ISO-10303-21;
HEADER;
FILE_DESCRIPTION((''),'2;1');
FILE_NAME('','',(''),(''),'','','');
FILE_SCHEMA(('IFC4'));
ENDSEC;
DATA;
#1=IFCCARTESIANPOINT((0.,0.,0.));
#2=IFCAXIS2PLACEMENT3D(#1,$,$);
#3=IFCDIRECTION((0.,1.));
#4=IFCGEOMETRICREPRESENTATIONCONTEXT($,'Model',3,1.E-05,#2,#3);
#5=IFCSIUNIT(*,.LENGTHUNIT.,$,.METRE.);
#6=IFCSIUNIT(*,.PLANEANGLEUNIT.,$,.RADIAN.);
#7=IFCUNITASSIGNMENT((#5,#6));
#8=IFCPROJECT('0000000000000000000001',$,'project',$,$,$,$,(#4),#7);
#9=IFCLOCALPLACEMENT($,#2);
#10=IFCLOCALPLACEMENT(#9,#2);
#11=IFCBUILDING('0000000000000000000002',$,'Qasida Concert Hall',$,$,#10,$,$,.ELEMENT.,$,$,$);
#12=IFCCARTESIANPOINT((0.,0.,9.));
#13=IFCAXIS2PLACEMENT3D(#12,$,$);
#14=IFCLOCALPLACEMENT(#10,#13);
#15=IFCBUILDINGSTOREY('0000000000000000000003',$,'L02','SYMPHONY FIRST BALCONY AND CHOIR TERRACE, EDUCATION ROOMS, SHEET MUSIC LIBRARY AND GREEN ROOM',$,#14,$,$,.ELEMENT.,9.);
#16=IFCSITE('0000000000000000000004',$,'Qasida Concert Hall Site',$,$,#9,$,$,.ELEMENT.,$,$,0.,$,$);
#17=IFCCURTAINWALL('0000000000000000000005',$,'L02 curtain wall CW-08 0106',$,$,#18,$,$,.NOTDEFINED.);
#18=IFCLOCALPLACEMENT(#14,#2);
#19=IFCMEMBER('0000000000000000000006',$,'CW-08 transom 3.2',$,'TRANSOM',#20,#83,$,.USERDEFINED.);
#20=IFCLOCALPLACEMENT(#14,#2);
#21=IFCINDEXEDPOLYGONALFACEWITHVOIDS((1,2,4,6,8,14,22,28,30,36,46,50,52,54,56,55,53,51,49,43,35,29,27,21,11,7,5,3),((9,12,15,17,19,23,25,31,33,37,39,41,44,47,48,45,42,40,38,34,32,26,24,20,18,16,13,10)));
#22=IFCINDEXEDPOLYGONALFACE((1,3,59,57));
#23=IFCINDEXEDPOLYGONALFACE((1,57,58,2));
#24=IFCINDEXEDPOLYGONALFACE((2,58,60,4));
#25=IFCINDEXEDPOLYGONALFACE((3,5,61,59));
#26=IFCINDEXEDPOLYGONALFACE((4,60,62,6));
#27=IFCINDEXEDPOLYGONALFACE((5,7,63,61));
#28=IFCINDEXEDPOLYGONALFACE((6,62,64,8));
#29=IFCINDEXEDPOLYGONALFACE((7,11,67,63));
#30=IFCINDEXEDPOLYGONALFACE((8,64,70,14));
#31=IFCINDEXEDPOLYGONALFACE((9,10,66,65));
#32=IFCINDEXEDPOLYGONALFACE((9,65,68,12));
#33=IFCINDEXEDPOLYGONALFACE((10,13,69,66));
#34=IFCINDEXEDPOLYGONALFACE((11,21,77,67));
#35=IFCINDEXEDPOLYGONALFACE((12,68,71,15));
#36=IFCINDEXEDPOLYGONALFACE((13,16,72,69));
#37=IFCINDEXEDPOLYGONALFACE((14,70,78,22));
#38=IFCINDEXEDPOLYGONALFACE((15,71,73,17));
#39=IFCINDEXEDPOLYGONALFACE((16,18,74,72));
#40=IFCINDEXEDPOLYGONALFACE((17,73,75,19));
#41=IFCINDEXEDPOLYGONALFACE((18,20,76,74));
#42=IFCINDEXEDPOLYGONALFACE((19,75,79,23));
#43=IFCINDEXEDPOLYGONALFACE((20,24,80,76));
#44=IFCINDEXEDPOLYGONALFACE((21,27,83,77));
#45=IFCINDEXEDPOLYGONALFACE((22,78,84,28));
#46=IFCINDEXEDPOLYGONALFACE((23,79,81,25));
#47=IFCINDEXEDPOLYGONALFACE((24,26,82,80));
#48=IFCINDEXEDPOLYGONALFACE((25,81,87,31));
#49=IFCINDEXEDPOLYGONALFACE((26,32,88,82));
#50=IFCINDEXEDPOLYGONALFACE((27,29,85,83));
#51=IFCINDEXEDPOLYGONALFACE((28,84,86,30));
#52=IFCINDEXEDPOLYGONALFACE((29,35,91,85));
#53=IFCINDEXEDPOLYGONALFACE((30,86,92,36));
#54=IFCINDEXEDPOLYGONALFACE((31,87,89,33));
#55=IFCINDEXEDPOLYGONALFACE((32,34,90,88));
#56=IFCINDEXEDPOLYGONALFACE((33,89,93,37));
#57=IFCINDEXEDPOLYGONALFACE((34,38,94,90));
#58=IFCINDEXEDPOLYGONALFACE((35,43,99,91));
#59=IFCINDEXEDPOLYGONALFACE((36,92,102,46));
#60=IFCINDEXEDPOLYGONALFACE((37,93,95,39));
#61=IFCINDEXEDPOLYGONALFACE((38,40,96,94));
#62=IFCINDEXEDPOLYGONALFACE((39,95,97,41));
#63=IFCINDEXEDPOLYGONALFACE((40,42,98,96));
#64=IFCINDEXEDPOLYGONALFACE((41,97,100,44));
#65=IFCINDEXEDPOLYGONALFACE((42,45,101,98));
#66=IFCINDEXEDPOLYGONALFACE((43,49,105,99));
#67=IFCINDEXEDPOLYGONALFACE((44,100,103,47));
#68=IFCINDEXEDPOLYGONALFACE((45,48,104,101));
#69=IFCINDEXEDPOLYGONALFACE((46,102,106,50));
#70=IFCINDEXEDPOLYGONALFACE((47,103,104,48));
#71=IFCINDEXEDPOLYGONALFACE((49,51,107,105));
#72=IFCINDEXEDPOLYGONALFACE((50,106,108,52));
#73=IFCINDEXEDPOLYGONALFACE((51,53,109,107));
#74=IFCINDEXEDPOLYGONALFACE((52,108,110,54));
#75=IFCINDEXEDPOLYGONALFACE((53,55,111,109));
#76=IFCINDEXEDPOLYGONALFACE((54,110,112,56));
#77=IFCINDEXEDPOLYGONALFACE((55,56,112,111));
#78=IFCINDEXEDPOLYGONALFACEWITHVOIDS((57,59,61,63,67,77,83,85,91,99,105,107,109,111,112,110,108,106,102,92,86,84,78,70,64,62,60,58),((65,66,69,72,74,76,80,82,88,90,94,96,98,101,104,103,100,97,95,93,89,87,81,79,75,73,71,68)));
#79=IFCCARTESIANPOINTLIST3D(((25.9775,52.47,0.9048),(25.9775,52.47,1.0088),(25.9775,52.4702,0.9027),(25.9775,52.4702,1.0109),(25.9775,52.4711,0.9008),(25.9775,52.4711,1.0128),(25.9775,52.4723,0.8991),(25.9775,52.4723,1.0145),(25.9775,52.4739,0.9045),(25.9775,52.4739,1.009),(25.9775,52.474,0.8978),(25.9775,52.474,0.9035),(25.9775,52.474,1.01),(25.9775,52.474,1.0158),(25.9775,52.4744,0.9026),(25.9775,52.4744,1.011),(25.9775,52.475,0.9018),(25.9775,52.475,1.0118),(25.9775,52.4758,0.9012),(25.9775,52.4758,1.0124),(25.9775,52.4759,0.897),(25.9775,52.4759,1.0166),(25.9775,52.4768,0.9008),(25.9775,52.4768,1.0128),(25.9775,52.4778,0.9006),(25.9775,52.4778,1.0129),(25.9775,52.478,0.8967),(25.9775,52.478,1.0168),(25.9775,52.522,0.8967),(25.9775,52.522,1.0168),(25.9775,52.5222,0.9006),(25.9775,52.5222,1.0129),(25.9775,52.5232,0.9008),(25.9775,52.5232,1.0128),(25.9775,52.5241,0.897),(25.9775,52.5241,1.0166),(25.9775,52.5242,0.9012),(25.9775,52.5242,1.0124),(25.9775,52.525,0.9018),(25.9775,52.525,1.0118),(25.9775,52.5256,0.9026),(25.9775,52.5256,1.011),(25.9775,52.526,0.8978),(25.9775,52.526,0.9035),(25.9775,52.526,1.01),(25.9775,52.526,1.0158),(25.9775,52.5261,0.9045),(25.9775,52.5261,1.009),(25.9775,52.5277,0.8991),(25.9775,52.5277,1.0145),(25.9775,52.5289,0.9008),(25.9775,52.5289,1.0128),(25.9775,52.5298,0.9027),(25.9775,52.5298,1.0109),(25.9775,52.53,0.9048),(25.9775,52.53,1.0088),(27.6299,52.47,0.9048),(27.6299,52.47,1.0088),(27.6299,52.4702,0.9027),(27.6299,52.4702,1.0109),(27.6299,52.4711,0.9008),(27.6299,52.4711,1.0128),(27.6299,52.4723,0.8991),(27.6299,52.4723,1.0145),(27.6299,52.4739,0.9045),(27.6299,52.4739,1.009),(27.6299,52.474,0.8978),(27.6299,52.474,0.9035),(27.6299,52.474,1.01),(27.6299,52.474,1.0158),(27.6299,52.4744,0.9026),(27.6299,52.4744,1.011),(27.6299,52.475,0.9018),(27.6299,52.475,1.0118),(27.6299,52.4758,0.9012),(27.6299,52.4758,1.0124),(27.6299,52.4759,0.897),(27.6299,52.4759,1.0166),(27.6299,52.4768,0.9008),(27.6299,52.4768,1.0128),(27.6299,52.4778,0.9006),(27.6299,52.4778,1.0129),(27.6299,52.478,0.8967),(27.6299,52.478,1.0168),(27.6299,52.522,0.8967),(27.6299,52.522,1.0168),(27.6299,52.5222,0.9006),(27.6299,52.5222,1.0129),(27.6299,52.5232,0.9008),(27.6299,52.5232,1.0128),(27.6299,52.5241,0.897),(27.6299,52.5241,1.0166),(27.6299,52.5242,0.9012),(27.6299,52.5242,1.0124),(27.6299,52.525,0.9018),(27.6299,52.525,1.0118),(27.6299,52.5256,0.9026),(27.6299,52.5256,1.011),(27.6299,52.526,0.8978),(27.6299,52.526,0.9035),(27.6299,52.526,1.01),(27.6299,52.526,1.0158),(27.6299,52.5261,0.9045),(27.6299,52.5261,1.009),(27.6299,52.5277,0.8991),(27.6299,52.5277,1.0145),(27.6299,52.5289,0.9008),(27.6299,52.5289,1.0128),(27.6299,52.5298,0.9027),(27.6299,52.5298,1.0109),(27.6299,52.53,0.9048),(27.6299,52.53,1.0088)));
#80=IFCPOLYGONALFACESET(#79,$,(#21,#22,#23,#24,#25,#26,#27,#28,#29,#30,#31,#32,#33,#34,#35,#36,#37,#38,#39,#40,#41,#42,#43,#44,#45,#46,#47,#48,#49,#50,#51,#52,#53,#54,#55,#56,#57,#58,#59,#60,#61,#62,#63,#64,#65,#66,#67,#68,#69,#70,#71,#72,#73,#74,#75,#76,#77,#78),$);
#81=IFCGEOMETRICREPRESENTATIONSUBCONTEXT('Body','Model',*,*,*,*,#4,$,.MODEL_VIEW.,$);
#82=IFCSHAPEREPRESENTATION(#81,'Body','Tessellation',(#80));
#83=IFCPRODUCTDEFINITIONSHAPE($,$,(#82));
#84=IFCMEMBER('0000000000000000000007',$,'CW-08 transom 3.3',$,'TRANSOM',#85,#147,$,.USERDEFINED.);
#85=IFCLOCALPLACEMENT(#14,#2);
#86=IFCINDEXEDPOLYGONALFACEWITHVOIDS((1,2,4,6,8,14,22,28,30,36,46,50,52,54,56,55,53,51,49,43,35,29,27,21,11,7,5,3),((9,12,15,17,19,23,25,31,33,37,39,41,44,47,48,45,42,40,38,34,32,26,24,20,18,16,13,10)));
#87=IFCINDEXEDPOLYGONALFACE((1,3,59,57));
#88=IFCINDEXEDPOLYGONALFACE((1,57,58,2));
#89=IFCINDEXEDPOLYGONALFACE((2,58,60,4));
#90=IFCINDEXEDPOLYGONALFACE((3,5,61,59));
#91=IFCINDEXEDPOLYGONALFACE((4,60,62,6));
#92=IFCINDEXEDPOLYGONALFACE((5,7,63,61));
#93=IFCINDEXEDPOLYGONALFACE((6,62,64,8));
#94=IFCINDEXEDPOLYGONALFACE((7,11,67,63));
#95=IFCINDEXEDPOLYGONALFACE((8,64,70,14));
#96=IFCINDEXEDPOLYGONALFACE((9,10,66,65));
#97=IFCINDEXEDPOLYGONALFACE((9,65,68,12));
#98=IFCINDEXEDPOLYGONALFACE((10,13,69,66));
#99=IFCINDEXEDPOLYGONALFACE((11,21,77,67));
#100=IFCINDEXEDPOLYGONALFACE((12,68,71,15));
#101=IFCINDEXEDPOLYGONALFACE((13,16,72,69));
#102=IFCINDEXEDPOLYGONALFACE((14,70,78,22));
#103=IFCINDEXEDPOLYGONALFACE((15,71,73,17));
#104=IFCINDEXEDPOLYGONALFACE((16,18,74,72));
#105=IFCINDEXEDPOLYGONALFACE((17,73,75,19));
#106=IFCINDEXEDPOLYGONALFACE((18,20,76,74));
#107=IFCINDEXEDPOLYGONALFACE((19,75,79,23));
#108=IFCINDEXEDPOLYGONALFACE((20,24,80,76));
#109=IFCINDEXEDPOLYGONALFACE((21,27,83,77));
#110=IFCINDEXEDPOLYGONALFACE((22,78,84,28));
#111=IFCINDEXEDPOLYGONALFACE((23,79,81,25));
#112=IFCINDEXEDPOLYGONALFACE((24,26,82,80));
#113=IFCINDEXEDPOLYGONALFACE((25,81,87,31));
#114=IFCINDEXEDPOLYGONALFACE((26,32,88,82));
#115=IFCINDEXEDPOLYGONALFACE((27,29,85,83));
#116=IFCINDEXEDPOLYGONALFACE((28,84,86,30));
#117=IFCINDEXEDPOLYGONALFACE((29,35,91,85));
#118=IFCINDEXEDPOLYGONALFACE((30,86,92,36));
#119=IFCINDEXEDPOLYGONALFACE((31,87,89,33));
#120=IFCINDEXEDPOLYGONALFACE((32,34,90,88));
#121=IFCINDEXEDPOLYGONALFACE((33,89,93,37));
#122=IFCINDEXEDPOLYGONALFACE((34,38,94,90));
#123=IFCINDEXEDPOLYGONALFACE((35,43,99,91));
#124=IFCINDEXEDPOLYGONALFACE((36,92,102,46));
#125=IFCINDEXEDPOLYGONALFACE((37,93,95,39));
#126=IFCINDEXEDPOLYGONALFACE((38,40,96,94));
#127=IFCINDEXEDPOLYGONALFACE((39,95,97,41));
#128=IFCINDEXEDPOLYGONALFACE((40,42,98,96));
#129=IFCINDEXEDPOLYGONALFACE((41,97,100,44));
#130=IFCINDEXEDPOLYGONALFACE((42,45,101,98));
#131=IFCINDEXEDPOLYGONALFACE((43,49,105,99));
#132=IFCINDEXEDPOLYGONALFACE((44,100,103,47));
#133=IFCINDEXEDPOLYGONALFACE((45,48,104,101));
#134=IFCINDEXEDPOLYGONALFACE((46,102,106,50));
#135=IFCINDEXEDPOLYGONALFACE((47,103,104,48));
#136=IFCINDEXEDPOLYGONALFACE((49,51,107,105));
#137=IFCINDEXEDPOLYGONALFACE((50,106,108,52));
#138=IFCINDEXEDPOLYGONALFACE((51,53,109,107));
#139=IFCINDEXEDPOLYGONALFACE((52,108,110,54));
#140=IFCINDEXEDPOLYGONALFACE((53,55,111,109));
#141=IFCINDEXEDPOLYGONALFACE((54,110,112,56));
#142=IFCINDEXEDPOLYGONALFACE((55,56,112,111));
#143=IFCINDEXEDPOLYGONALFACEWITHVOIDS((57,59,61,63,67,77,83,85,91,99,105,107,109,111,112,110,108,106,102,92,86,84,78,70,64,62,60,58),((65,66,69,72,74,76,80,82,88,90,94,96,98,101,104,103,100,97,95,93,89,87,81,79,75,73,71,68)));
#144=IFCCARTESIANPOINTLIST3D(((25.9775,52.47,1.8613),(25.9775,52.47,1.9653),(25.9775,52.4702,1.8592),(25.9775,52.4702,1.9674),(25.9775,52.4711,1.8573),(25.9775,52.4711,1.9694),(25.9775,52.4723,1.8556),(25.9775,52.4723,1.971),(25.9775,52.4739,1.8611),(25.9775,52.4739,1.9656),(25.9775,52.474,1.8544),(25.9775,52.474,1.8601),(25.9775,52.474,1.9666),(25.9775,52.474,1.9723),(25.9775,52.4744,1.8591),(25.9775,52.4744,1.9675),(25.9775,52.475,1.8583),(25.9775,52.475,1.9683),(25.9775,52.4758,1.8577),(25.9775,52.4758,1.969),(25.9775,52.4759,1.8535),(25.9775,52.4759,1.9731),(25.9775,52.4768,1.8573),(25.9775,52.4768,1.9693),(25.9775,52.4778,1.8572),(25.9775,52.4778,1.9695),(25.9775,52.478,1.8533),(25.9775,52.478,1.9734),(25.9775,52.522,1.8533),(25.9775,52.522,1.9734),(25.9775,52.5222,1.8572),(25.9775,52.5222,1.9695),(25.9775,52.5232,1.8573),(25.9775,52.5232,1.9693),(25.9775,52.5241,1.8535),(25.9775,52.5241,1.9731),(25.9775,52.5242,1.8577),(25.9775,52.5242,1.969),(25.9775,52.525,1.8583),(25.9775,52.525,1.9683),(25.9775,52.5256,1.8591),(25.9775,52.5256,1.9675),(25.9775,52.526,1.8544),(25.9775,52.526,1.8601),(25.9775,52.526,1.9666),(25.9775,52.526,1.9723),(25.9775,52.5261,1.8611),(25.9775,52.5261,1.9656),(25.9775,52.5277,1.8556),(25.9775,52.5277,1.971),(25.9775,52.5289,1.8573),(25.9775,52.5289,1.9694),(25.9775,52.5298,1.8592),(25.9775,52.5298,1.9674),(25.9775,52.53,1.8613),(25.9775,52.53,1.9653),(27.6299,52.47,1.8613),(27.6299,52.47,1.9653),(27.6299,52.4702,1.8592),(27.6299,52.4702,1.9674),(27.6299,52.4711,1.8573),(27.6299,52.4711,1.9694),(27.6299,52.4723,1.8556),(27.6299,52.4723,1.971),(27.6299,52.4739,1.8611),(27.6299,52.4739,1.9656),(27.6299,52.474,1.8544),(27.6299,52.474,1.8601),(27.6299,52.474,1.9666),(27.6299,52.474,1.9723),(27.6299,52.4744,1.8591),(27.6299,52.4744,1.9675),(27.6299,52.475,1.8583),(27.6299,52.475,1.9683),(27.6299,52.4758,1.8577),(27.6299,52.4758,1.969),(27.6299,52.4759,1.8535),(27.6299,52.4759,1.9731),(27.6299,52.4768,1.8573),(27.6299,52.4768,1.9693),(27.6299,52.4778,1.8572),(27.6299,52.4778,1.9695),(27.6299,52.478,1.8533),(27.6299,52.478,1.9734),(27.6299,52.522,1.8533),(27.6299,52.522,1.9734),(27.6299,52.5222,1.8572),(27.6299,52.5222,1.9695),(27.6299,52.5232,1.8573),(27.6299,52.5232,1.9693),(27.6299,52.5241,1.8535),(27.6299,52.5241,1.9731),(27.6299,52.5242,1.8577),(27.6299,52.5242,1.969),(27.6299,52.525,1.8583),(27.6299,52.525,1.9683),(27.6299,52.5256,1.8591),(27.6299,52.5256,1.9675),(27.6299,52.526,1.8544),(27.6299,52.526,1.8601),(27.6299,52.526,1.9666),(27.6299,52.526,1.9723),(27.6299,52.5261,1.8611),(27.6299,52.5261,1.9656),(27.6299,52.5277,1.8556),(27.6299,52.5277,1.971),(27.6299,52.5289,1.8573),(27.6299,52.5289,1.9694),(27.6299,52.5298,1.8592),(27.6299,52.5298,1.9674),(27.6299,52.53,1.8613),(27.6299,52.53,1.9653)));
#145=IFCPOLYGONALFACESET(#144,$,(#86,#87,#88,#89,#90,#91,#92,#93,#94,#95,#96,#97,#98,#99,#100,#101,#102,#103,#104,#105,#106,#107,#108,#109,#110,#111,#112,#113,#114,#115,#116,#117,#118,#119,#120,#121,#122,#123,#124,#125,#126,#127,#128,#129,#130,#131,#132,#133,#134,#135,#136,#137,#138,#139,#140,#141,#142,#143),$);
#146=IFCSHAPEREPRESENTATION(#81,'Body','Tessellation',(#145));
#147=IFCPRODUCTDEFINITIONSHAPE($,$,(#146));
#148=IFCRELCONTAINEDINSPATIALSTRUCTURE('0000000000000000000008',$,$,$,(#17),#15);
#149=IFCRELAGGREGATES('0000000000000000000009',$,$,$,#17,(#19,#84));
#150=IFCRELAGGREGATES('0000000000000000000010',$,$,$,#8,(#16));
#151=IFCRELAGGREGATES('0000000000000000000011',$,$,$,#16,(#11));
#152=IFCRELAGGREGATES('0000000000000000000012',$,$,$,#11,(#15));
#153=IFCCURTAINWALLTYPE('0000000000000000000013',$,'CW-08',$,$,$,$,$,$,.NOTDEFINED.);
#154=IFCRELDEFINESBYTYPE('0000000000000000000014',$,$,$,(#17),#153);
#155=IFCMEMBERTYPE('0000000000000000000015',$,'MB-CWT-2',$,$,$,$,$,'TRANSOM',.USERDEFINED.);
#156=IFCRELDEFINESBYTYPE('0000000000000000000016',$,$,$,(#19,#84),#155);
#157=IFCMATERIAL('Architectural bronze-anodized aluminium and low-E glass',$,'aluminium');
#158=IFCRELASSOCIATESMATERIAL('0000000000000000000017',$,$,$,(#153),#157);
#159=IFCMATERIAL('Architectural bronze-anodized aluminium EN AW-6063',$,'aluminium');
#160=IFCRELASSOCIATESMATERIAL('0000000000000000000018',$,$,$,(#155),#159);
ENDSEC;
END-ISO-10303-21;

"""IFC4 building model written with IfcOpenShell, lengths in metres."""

from ifc_helpers import new_model, si_unit, direction, frame, origin, origin_2d, place, context, subcontext, project, spatial, hollow_rectangle, extrude, material, material_profile, profile_set, type_object, element, aggregate, save


model = new_model("IFC4")

# Units and contexts
model_context = context("Model", 3, precision=1e-05, world=origin(), true_north=direction((0.0, 1.0)))
body_context = subcontext(model_context, "Body", "Model", "MODEL_VIEW")
ifc_project = project(units=[si_unit("LENGTHUNIT", "METRE"), si_unit("PLANEANGLEUNIT", "RADIAN")], contexts=[model_context])

# Site, building, storey
site_placement = place(None, origin())
site = spatial("IfcSite", under=ifc_project, at=site_placement, Name="Qasida Concert Hall Site", CompositionType="ELEMENT", RefElevation=0.0)
building_placement = place(site_placement, origin())
building = spatial("IfcBuilding", under=site, at=building_placement, Name="Qasida Concert Hall", CompositionType="ELEMENT")
storey_placement = place(building_placement, frame((0.0, 0.0, 9.0)))
storey = spatial("IfcBuildingStorey", under=building, at=storey_placement, Name="L02", Description="SYMPHONY FIRST BALCONY AND CHOIR TERRACE, EDUCATION ROOMS, SHEET MUSIC LIBRARY AND GREEN ROOM", CompositionType="ELEMENT", Elevation=9.0)

# Curtain wall, members
ifc_material_1 = material(Name="Architectural bronze-anodized aluminium and low-E glass", Category="aluminium")
curtain_wall_type = type_object("IfcCurtainWallType", Name="CW-08", PredefinedType="NOTDEFINED", material=ifc_material_1)
curtain_wall_placement = place(storey_placement, origin())
curtain_wall = element("IfcCurtainWall", 1, at=curtain_wall_placement, inside=storey, type_object=curtain_wall_type, Name="L02 curtain wall CW-08 0106", PredefinedType="NOTDEFINED")
ifc_material_2 = material(Name="Architectural bronze-anodized aluminium EN AW-6063", Category="aluminium")
ifc_material_profile_1 = material_profile(ifc_material_2, hollow_rectangle(XDim=0.0601, YDim=0.1201, WallThickness=0.0039, InnerFilletRadius=0.0039, OuterFilletRadius=0.0081, at=origin_2d()), Name="CWT 120x60x4")
ifc_profile_set_1 = profile_set([ifc_material_profile_1], Name="Architectural bronze-anodized aluminium EN AW-6063")
member_type_1 = type_object("IfcMemberType", Name="MB-CWT-2", ElementType="TRANSOM", PredefinedType="USERDEFINED", material=ifc_profile_set_1)
member_1_placement = place(storey_placement, frame((25.9775, 52.5, 0.9568), z_axis=(1.0, 0.0, 0.0), x_axis=(0.0, 1.0, 0.0)))
member_1 = element("IfcMember", 2, at=member_1_placement, type_object=member_type_1, Name="CW-08 transom 3.2", ObjectType="TRANSOM", PredefinedType="USERDEFINED", context=body_context, shape_type="SweptSolid", body=[
    extrude(hollow_rectangle(XDim=0.0601, YDim=0.1201, WallThickness=0.0039, InnerFilletRadius=0.0039, OuterFilletRadius=0.0081, at=origin_2d()), origin(), (0.0, 0.0, 1.0), 1.6523),
])
member_2_placement = place(storey_placement, frame((25.9775, 52.5, 1.9133), z_axis=(1.0, 0.0, 0.0), x_axis=(0.0, 1.0, 0.0)))
member_2 = element("IfcMember", 3, at=member_2_placement, type_object=member_type_1, Name="CW-08 transom 3.3", ObjectType="TRANSOM", PredefinedType="USERDEFINED", context=body_context, shape_type="SweptSolid", body=[
    extrude(hollow_rectangle(XDim=0.0601, YDim=0.1201, WallThickness=0.0039, InnerFilletRadius=0.0039, OuterFilletRadius=0.0081, at=origin_2d()), origin(), (0.0, 0.0, 1.0), 1.6523),
])
aggregate(curtain_wall, [member_1, member_2])

save(model, "model.ifc")
